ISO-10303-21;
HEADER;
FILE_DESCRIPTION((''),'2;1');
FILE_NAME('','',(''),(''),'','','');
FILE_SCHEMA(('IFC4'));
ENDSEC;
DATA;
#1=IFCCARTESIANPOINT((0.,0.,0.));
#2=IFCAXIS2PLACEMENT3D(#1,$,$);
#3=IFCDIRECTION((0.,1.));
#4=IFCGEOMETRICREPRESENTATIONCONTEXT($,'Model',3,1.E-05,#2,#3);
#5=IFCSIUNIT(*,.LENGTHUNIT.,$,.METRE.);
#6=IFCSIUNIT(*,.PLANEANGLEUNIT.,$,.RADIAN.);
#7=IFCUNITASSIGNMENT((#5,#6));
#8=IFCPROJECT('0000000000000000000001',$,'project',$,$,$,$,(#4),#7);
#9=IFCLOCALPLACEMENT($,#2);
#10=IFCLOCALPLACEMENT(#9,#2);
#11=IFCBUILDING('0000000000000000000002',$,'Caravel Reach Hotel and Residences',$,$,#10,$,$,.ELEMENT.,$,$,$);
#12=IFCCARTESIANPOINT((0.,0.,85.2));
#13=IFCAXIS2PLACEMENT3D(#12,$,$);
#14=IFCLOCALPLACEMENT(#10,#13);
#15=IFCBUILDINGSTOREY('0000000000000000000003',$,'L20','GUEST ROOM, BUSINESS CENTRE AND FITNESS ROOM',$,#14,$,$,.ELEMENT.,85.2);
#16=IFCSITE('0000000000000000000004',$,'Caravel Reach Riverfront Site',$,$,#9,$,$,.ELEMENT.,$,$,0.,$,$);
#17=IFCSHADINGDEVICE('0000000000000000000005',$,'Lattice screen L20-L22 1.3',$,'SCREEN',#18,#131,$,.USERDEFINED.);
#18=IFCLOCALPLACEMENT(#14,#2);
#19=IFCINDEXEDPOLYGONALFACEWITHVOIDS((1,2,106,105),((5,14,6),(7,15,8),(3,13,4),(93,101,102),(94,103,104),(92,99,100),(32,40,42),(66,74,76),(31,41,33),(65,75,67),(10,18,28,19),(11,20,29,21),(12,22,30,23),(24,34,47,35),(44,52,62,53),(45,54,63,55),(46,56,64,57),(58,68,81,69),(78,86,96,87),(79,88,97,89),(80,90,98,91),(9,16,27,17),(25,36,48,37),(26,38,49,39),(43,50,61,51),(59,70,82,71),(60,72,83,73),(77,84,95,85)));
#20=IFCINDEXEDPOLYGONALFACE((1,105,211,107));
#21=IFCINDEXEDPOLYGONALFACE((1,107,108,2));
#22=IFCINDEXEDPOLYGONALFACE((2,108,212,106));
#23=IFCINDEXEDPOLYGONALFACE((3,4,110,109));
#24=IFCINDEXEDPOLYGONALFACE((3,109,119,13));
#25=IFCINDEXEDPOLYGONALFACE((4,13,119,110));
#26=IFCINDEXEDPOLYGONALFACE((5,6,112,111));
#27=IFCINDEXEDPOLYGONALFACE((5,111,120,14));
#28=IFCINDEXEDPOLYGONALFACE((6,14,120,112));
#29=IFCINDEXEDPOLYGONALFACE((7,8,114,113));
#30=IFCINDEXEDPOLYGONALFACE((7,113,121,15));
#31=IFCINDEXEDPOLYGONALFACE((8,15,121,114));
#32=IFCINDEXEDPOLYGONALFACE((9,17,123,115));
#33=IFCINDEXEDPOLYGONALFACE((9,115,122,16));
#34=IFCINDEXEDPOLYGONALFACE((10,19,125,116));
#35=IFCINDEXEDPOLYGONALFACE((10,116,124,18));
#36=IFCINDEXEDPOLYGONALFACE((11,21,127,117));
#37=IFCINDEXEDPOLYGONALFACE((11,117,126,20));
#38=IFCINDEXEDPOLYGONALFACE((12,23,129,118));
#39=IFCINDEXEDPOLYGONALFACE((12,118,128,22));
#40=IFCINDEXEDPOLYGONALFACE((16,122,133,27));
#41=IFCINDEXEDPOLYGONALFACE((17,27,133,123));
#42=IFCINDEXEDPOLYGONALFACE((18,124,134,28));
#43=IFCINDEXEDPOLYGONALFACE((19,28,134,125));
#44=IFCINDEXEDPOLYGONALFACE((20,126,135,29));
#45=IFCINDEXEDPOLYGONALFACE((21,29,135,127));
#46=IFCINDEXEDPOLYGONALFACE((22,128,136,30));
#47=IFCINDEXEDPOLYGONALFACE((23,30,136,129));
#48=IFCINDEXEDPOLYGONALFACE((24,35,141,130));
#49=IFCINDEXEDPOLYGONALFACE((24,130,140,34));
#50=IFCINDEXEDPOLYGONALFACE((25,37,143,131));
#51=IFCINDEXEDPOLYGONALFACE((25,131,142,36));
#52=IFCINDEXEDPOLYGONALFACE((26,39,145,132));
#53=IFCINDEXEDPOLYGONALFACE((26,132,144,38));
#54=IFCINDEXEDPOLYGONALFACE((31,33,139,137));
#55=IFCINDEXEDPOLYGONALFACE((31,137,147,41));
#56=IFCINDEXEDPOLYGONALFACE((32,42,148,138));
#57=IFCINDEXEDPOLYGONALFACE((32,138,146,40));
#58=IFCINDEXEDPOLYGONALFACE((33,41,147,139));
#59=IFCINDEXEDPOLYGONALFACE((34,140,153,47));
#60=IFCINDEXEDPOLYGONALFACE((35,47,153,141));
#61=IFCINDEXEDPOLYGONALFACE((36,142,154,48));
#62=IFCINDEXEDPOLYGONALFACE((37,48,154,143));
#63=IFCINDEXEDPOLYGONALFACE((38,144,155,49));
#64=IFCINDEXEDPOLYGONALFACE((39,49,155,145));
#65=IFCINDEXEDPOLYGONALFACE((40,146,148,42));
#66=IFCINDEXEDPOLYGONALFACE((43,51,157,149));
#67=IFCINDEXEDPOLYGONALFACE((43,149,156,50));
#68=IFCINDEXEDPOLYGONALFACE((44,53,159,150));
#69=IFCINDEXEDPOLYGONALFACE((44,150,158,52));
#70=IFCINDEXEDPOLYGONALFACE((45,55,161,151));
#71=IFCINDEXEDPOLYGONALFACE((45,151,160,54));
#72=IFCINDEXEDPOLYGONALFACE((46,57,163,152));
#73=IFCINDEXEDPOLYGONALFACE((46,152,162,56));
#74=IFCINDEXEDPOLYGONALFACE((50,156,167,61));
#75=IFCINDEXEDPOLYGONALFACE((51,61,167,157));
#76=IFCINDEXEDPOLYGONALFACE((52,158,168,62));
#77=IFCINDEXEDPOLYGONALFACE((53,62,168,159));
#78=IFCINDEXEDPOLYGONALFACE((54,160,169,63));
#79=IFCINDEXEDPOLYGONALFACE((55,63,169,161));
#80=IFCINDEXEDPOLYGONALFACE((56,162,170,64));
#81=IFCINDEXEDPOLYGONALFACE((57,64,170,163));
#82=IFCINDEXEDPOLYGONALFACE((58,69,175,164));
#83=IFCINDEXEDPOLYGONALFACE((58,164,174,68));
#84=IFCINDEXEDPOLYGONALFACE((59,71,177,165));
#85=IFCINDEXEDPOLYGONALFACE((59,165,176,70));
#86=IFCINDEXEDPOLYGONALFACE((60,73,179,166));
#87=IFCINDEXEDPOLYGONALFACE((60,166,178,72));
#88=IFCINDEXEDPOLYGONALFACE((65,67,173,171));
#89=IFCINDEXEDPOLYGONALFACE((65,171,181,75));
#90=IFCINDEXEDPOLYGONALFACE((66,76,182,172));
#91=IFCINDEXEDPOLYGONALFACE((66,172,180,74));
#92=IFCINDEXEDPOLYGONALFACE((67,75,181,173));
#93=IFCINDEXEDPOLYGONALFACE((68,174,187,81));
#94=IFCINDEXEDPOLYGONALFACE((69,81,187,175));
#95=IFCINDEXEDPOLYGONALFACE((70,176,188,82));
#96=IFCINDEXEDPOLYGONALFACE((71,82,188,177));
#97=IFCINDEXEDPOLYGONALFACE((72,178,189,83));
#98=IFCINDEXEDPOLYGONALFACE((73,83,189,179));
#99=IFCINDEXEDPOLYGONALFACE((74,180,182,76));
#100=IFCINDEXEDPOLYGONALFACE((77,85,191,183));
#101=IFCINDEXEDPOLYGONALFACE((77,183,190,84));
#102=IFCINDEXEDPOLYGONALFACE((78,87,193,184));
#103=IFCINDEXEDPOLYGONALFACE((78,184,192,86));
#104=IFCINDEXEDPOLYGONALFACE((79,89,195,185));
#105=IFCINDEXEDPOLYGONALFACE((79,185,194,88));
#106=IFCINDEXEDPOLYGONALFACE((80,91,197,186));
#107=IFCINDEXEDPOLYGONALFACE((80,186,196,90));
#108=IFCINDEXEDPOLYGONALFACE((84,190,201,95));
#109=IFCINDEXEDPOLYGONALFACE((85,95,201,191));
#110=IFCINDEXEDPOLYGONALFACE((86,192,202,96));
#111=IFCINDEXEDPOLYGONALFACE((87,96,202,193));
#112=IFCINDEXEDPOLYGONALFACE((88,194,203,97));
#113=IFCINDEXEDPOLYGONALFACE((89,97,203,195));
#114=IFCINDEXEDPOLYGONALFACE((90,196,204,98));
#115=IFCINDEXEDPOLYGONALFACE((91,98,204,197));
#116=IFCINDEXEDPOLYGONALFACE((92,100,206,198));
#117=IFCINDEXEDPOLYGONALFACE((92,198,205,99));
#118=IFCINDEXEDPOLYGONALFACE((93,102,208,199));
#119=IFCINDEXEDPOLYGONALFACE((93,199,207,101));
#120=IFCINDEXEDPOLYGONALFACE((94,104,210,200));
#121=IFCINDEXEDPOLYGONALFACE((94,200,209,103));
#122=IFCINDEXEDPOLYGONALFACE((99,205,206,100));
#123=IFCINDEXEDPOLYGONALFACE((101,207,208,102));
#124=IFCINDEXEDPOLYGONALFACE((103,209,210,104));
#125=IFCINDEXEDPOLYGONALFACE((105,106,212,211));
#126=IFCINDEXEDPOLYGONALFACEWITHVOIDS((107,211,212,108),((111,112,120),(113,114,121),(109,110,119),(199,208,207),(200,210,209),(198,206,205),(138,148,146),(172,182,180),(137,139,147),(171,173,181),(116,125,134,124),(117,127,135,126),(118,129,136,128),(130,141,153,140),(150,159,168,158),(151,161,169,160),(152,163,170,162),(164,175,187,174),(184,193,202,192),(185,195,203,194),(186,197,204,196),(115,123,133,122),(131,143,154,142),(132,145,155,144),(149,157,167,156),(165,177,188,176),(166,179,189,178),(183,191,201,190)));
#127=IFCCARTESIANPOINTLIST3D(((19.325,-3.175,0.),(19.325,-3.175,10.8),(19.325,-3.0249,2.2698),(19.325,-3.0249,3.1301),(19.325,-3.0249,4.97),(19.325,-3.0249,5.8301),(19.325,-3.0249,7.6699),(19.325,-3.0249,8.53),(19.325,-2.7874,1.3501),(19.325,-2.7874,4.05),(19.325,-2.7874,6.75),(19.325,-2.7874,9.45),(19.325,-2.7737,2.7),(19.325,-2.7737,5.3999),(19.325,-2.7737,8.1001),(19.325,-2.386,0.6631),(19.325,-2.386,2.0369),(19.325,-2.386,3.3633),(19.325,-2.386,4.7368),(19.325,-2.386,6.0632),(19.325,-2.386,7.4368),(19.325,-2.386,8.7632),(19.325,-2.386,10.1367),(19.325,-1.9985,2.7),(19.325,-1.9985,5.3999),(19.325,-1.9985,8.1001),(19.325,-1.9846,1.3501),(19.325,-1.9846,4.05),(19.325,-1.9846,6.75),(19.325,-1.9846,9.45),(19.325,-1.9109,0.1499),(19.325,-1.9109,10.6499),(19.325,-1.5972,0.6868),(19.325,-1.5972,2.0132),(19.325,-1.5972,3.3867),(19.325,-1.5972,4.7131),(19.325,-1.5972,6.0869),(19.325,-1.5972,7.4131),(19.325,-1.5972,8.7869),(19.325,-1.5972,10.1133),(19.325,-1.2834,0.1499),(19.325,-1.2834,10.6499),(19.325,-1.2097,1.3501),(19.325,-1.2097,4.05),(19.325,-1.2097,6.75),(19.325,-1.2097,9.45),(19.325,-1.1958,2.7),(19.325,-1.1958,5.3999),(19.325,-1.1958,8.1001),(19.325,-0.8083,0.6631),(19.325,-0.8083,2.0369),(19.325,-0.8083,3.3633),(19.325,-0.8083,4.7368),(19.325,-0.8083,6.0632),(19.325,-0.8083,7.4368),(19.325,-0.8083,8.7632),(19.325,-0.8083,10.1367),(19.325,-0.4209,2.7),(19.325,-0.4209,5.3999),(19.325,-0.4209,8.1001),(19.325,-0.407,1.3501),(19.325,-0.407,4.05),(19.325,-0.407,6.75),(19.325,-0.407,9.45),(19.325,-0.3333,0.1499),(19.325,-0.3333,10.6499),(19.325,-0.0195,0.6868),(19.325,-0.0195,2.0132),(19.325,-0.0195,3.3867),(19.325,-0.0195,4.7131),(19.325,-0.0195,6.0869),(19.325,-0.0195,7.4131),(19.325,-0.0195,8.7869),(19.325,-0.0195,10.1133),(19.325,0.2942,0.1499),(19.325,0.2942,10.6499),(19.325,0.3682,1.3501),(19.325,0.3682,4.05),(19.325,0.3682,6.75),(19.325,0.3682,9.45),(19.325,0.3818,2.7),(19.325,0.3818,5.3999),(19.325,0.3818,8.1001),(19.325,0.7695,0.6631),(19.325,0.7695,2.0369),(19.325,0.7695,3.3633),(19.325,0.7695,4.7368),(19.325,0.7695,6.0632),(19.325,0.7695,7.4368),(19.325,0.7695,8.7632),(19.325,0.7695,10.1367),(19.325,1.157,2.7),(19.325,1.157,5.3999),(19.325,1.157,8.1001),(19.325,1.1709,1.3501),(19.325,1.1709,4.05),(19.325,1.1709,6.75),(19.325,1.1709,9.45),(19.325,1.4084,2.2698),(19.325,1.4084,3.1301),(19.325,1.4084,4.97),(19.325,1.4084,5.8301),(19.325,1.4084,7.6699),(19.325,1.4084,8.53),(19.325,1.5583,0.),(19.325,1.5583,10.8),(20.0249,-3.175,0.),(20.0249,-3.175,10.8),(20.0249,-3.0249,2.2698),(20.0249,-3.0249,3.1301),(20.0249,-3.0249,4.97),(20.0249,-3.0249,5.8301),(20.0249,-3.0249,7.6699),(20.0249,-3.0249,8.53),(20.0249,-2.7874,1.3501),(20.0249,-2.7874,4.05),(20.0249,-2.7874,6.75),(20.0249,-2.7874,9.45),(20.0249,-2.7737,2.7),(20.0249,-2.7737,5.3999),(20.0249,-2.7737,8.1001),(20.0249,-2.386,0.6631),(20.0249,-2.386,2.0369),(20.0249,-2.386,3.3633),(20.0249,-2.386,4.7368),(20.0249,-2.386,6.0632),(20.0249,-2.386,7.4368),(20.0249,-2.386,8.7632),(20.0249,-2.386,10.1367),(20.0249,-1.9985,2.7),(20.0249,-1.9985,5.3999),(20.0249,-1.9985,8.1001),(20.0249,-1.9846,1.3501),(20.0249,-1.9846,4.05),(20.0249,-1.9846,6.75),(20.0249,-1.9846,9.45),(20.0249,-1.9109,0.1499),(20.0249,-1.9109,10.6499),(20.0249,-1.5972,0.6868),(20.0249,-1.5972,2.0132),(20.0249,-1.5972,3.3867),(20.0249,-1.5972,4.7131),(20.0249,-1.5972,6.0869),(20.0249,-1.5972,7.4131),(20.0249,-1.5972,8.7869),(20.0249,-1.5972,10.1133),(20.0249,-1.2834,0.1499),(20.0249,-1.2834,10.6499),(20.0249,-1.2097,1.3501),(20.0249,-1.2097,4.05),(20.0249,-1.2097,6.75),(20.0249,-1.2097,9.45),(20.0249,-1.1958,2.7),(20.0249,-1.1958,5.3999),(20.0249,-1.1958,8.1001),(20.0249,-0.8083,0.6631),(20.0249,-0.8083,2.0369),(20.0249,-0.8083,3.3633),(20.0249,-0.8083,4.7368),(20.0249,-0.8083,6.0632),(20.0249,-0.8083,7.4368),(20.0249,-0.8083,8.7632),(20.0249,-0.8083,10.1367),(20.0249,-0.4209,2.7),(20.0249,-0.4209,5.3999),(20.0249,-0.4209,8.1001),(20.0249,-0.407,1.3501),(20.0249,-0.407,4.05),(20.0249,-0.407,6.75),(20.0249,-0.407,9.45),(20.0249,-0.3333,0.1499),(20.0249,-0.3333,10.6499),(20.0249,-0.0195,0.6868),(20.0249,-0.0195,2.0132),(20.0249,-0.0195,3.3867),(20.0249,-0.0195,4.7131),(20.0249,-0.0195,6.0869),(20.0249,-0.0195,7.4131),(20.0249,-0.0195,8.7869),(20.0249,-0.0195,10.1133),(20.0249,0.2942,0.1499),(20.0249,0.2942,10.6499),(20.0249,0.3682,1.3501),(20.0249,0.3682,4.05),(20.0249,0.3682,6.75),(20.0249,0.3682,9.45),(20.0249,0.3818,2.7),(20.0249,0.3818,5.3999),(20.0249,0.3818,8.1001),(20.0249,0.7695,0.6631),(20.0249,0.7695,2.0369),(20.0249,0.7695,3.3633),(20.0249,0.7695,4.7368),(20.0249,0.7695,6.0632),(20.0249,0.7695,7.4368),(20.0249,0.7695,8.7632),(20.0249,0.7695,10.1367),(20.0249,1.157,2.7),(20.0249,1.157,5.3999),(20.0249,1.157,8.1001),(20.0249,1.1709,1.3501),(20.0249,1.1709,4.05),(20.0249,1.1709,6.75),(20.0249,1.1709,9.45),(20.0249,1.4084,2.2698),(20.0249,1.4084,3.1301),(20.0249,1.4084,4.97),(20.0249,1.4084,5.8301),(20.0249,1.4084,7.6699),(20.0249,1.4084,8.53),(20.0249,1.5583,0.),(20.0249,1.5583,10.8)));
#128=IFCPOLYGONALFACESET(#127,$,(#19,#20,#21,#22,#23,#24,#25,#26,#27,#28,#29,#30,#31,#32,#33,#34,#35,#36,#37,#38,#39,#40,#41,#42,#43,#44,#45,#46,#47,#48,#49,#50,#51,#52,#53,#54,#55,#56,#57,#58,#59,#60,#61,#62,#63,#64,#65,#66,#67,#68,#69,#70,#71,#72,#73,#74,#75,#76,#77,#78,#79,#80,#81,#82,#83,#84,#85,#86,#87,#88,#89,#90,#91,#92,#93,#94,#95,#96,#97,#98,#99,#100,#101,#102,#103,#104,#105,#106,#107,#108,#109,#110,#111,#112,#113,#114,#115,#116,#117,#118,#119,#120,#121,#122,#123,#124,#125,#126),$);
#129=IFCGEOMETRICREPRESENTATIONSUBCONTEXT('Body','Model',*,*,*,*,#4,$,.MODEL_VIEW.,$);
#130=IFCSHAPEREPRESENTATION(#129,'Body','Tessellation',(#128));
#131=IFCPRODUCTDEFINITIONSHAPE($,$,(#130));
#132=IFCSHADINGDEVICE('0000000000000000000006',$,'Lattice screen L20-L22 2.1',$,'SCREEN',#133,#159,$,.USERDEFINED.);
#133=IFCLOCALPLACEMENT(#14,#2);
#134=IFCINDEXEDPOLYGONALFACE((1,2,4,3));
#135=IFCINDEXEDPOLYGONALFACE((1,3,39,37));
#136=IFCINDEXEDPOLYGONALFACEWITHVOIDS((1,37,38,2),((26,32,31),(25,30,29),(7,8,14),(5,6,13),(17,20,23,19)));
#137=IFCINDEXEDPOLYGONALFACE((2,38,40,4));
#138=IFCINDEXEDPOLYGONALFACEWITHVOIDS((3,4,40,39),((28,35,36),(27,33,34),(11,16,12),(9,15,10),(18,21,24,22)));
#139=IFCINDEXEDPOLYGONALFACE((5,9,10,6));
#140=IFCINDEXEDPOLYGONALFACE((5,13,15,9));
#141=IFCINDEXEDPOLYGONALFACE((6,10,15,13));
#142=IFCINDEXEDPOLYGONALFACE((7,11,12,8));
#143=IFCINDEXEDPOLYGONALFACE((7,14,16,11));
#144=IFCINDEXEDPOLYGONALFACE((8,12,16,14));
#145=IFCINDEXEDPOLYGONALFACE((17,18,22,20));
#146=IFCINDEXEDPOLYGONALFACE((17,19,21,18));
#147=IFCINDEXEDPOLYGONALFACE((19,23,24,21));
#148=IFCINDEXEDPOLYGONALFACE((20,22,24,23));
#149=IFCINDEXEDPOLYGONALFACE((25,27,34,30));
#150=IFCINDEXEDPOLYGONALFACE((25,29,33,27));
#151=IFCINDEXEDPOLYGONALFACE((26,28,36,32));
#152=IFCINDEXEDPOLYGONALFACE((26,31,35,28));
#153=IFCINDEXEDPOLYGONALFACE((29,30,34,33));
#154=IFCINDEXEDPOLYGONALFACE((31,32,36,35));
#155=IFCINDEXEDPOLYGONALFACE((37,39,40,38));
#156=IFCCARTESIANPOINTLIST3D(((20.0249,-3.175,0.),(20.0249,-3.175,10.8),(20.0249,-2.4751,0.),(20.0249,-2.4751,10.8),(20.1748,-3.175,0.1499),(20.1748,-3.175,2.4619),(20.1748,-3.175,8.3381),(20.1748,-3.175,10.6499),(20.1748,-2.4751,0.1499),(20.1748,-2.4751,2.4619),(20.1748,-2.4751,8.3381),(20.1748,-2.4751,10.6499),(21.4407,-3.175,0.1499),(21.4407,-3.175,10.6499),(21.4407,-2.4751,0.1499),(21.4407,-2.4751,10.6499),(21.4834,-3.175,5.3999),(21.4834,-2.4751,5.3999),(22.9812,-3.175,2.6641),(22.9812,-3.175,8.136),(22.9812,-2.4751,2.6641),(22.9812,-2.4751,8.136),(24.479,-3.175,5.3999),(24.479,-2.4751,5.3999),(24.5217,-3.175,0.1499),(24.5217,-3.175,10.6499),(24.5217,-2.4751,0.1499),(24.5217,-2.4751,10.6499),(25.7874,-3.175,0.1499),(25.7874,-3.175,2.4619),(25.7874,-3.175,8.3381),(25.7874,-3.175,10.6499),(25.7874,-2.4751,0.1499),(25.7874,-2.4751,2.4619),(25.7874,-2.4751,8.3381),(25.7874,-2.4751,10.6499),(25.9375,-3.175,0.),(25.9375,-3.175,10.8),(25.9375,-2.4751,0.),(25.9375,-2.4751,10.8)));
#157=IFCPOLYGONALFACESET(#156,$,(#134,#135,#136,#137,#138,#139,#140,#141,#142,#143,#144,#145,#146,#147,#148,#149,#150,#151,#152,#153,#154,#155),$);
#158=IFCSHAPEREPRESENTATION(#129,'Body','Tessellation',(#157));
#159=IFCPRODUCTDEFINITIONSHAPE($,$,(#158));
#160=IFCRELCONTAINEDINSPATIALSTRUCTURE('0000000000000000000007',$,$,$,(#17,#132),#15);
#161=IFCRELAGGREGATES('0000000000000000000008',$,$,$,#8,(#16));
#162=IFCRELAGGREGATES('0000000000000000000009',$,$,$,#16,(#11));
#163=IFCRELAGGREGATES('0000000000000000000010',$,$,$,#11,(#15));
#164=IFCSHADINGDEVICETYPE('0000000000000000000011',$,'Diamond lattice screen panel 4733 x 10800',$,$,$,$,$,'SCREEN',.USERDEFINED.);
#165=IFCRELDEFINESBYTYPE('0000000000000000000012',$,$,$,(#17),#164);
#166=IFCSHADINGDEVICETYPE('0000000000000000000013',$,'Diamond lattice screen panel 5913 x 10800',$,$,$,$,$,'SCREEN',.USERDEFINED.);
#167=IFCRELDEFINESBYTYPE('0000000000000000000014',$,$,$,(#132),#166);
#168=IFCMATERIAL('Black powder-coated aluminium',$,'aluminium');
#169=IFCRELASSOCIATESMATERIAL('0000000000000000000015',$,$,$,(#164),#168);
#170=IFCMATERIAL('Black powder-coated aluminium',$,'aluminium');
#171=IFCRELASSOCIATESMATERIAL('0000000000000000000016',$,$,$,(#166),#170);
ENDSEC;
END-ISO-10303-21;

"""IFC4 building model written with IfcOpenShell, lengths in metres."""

from ifc_helpers import new_model, si_unit, direction, frame, origin, place, context, subcontext, project, spatial, polyline, outline, extrude, material, type_object, element, save


model = new_model("IFC4")

# Units and contexts
model_context = context("Model", 3, precision=1e-05, world=origin(), true_north=direction((0.0, 1.0)))
body_context = subcontext(model_context, "Body", "Model", "MODEL_VIEW")
ifc_project = project(units=[si_unit("LENGTHUNIT", "METRE"), si_unit("PLANEANGLEUNIT", "RADIAN")], contexts=[model_context])

# Site, building, storey
site_placement = place(None, origin())
site = spatial("IfcSite", under=ifc_project, at=site_placement, Name="Caravel Reach Riverfront Site", CompositionType="ELEMENT", RefElevation=0.0)
building_placement = place(site_placement, origin())
building = spatial("IfcBuilding", under=site, at=building_placement, Name="Caravel Reach Hotel and Residences", CompositionType="ELEMENT")
storey_placement = place(building_placement, frame((0.0, 0.0, 85.2)))
storey = spatial("IfcBuildingStorey", under=building, at=storey_placement, Name="L20", Description="GUEST ROOM, BUSINESS CENTRE AND FITNESS ROOM", CompositionType="ELEMENT", Elevation=85.2)

# Shading devices
ifc_material_1 = material(Name="Black powder-coated aluminium", Category="aluminium")
shading_device_type_1 = type_object("IfcShadingDeviceType", Name="Diamond lattice screen panel 4733 x 10800", ElementType="SCREEN", PredefinedType="USERDEFINED", material=ifc_material_1)
shading_device_placement = place(storey_placement, frame((20.0249, 1.5583, 0.0), z_axis=(-1.0, 0.0, 0.0), x_axis=(0.0, -1.0, 0.0)))
element("IfcShadingDevice", 1, at=shading_device_placement, inside=storey, type_object=shading_device_type_1, Name="Lattice screen L20-L22 1.3", ObjectType="SCREEN", PredefinedType="USERDEFINED", context=body_context, shape_type="SweptSolid", body=[
    extrude(outline(polyline([(0.0, 0.0), (4.7334, 0.0), (4.7334, 10.8), (0.0, 10.8), (0.0, 0.0)]), holes=[polyline([(0.4014, 2.7), (0.1499, 3.1301), (0.1499, 2.2698), (0.4014, 2.7)]), polyline([(0.4014, 5.3999), (0.1499, 5.8301), (0.1499, 4.97), (0.4014, 5.3999)]), polyline([(0.4014, 8.1001), (0.1499, 8.53), (0.1499, 7.6699), (0.4014, 8.1001)]), polyline([(0.7888, 2.0369), (0.3875, 1.3501), (0.7888, 0.6631), (1.1902, 1.3501), (0.7888, 2.0369)]), polyline([(0.7888, 4.7368), (0.3875, 4.05), (0.7888, 3.3633), (1.1902, 4.05), (0.7888, 4.7368)]), polyline([(0.7888, 7.4368), (0.3875, 6.75), (0.7888, 6.0632), (1.1902, 6.75), (0.7888, 7.4368)]), polyline([(0.7888, 10.1367), (0.3875, 9.45), (0.7888, 8.7632), (1.1902, 9.45), (0.7888, 10.1367)]), polyline([(1.5779, 0.6868), (1.2642, 0.1499), (1.8916, 0.1499), (1.5779, 0.6868)]), polyline([(1.5779, 3.3867), (1.1765, 2.7), (1.5779, 2.0132), (1.9792, 2.7), (1.5779, 3.3867)]), polyline([(1.5779, 6.0869), (1.1765, 5.3999), (1.5779, 4.7131), (1.9792, 5.3999), (1.5779, 6.0869)]), polyline([(1.5779, 8.7869), (1.1765, 8.1001), (1.5779, 7.4131), (1.9792, 8.1001), (1.5779, 8.7869)]), polyline([(1.5779, 10.1133), (1.8916, 10.6499), (1.2642, 10.6499), (1.5779, 10.1133)]), polyline([(2.3667, 2.0369), (1.9653, 1.3501), (2.3667, 0.6631), (2.7681, 1.3501), (2.3667, 2.0369)]), polyline([(2.3667, 4.7368), (1.9653, 4.05), (2.3667, 3.3633), (2.7681, 4.05), (2.3667, 4.7368)]), polyline([(2.3667, 7.4368), (1.9653, 6.75), (2.3667, 6.0632), (2.7681, 6.75), (2.3667, 7.4368)]), polyline([(2.3667, 10.1367), (1.9653, 9.45), (2.3667, 8.7632), (2.7681, 9.45), (2.3667, 10.1367)]), polyline([(3.1555, 0.6868), (2.8418, 0.1499), (3.4692, 0.1499), (3.1555, 0.6868)]), polyline([(3.1555, 3.3867), (2.7542, 2.7), (3.1555, 2.0132), (3.5569, 2.7), (3.1555, 3.3867)]), polyline([(3.1555, 6.0869), (2.7542, 5.3999), (3.1555, 4.7131), (3.5569, 5.3999), (3.1555, 6.0869)]), polyline([(3.1555, 8.7869), (2.7542, 8.1001), (3.1555, 7.4131), (3.5569, 8.1001), (3.1555, 8.7869)]), polyline([(3.1555, 10.1133), (3.4692, 10.6499), (2.8418, 10.6499), (3.1555, 10.1133)]), polyline([(3.9443, 2.0369), (3.543, 1.3501), (3.9443, 0.6631), (4.3457, 1.3501), (3.9443, 2.0369)]), polyline([(3.9443, 4.7368), (3.543, 4.05), (3.9443, 3.3633), (4.3457, 4.05), (3.9443, 4.7368)]), polyline([(3.9443, 7.4368), (3.543, 6.75), (3.9443, 6.0632), (4.3457, 6.75), (3.9443, 7.4368)]), polyline([(3.9443, 10.1367), (3.543, 9.45), (3.9443, 8.7632), (4.3457, 9.45), (3.9443, 10.1367)]), polyline([(4.332, 2.7), (4.5833, 2.2698), (4.5833, 3.1301), (4.332, 2.7)]), polyline([(4.332, 5.3999), (4.5833, 4.97), (4.5833, 5.8301), (4.332, 5.3999)]), polyline([(4.332, 8.1001), (4.5833, 7.6699), (4.5833, 8.53), (4.332, 8.1001)])]), origin(), (0.0, 0.0, 1.0), 0.7),
])
ifc_material_2 = material(Name="Black powder-coated aluminium", Category="aluminium")
shading_device_type_2 = type_object("IfcShadingDeviceType", Name="Diamond lattice screen panel 5913 x 10800", ElementType="SCREEN", PredefinedType="USERDEFINED", material=ifc_material_2)
for number, where, z_axis, x_axis, name in (
    (2, (20.0249, -2.4751, 0.0), (0.0, -1.0, 0.0), (1.0, 0.0, 0.0), "Lattice screen L20-L22 2.1"),
):
    element("IfcShadingDevice", number, at=place(storey_placement, frame(where, z_axis=z_axis, x_axis=x_axis)), inside=storey, type_object=shading_device_type_2, Name=name, ObjectType="SCREEN", PredefinedType="USERDEFINED", context=body_context, shape_type="SweptSolid", body=[
        extrude(outline(polyline([(0.0, 0.0), (5.9126, 0.0), (5.9126, 10.8), (0.0, 10.8), (0.0, 0.0)]), holes=[polyline([(1.4158, 0.1499), (0.1499, 2.4619), (0.1499, 0.1499), (1.4158, 0.1499)]), polyline([(0.1499, 8.3381), (1.4158, 10.6499), (0.1499, 10.6499), (0.1499, 8.3381)]), polyline([(2.9563, 8.136), (1.4585, 5.3999), (2.9563, 2.6641), (4.4541, 5.3999), (2.9563, 8.136)]), polyline([(5.7625, 2.4619), (4.4968, 0.1499), (5.7625, 0.1499), (5.7625, 2.4619)]), polyline([(4.4968, 10.6499), (5.7625, 8.3381), (5.7625, 10.6499), (4.4968, 10.6499)])]), origin(), (0.0, 0.0, 1.0), 0.7),
    ])

save(model, "model.ifc")
